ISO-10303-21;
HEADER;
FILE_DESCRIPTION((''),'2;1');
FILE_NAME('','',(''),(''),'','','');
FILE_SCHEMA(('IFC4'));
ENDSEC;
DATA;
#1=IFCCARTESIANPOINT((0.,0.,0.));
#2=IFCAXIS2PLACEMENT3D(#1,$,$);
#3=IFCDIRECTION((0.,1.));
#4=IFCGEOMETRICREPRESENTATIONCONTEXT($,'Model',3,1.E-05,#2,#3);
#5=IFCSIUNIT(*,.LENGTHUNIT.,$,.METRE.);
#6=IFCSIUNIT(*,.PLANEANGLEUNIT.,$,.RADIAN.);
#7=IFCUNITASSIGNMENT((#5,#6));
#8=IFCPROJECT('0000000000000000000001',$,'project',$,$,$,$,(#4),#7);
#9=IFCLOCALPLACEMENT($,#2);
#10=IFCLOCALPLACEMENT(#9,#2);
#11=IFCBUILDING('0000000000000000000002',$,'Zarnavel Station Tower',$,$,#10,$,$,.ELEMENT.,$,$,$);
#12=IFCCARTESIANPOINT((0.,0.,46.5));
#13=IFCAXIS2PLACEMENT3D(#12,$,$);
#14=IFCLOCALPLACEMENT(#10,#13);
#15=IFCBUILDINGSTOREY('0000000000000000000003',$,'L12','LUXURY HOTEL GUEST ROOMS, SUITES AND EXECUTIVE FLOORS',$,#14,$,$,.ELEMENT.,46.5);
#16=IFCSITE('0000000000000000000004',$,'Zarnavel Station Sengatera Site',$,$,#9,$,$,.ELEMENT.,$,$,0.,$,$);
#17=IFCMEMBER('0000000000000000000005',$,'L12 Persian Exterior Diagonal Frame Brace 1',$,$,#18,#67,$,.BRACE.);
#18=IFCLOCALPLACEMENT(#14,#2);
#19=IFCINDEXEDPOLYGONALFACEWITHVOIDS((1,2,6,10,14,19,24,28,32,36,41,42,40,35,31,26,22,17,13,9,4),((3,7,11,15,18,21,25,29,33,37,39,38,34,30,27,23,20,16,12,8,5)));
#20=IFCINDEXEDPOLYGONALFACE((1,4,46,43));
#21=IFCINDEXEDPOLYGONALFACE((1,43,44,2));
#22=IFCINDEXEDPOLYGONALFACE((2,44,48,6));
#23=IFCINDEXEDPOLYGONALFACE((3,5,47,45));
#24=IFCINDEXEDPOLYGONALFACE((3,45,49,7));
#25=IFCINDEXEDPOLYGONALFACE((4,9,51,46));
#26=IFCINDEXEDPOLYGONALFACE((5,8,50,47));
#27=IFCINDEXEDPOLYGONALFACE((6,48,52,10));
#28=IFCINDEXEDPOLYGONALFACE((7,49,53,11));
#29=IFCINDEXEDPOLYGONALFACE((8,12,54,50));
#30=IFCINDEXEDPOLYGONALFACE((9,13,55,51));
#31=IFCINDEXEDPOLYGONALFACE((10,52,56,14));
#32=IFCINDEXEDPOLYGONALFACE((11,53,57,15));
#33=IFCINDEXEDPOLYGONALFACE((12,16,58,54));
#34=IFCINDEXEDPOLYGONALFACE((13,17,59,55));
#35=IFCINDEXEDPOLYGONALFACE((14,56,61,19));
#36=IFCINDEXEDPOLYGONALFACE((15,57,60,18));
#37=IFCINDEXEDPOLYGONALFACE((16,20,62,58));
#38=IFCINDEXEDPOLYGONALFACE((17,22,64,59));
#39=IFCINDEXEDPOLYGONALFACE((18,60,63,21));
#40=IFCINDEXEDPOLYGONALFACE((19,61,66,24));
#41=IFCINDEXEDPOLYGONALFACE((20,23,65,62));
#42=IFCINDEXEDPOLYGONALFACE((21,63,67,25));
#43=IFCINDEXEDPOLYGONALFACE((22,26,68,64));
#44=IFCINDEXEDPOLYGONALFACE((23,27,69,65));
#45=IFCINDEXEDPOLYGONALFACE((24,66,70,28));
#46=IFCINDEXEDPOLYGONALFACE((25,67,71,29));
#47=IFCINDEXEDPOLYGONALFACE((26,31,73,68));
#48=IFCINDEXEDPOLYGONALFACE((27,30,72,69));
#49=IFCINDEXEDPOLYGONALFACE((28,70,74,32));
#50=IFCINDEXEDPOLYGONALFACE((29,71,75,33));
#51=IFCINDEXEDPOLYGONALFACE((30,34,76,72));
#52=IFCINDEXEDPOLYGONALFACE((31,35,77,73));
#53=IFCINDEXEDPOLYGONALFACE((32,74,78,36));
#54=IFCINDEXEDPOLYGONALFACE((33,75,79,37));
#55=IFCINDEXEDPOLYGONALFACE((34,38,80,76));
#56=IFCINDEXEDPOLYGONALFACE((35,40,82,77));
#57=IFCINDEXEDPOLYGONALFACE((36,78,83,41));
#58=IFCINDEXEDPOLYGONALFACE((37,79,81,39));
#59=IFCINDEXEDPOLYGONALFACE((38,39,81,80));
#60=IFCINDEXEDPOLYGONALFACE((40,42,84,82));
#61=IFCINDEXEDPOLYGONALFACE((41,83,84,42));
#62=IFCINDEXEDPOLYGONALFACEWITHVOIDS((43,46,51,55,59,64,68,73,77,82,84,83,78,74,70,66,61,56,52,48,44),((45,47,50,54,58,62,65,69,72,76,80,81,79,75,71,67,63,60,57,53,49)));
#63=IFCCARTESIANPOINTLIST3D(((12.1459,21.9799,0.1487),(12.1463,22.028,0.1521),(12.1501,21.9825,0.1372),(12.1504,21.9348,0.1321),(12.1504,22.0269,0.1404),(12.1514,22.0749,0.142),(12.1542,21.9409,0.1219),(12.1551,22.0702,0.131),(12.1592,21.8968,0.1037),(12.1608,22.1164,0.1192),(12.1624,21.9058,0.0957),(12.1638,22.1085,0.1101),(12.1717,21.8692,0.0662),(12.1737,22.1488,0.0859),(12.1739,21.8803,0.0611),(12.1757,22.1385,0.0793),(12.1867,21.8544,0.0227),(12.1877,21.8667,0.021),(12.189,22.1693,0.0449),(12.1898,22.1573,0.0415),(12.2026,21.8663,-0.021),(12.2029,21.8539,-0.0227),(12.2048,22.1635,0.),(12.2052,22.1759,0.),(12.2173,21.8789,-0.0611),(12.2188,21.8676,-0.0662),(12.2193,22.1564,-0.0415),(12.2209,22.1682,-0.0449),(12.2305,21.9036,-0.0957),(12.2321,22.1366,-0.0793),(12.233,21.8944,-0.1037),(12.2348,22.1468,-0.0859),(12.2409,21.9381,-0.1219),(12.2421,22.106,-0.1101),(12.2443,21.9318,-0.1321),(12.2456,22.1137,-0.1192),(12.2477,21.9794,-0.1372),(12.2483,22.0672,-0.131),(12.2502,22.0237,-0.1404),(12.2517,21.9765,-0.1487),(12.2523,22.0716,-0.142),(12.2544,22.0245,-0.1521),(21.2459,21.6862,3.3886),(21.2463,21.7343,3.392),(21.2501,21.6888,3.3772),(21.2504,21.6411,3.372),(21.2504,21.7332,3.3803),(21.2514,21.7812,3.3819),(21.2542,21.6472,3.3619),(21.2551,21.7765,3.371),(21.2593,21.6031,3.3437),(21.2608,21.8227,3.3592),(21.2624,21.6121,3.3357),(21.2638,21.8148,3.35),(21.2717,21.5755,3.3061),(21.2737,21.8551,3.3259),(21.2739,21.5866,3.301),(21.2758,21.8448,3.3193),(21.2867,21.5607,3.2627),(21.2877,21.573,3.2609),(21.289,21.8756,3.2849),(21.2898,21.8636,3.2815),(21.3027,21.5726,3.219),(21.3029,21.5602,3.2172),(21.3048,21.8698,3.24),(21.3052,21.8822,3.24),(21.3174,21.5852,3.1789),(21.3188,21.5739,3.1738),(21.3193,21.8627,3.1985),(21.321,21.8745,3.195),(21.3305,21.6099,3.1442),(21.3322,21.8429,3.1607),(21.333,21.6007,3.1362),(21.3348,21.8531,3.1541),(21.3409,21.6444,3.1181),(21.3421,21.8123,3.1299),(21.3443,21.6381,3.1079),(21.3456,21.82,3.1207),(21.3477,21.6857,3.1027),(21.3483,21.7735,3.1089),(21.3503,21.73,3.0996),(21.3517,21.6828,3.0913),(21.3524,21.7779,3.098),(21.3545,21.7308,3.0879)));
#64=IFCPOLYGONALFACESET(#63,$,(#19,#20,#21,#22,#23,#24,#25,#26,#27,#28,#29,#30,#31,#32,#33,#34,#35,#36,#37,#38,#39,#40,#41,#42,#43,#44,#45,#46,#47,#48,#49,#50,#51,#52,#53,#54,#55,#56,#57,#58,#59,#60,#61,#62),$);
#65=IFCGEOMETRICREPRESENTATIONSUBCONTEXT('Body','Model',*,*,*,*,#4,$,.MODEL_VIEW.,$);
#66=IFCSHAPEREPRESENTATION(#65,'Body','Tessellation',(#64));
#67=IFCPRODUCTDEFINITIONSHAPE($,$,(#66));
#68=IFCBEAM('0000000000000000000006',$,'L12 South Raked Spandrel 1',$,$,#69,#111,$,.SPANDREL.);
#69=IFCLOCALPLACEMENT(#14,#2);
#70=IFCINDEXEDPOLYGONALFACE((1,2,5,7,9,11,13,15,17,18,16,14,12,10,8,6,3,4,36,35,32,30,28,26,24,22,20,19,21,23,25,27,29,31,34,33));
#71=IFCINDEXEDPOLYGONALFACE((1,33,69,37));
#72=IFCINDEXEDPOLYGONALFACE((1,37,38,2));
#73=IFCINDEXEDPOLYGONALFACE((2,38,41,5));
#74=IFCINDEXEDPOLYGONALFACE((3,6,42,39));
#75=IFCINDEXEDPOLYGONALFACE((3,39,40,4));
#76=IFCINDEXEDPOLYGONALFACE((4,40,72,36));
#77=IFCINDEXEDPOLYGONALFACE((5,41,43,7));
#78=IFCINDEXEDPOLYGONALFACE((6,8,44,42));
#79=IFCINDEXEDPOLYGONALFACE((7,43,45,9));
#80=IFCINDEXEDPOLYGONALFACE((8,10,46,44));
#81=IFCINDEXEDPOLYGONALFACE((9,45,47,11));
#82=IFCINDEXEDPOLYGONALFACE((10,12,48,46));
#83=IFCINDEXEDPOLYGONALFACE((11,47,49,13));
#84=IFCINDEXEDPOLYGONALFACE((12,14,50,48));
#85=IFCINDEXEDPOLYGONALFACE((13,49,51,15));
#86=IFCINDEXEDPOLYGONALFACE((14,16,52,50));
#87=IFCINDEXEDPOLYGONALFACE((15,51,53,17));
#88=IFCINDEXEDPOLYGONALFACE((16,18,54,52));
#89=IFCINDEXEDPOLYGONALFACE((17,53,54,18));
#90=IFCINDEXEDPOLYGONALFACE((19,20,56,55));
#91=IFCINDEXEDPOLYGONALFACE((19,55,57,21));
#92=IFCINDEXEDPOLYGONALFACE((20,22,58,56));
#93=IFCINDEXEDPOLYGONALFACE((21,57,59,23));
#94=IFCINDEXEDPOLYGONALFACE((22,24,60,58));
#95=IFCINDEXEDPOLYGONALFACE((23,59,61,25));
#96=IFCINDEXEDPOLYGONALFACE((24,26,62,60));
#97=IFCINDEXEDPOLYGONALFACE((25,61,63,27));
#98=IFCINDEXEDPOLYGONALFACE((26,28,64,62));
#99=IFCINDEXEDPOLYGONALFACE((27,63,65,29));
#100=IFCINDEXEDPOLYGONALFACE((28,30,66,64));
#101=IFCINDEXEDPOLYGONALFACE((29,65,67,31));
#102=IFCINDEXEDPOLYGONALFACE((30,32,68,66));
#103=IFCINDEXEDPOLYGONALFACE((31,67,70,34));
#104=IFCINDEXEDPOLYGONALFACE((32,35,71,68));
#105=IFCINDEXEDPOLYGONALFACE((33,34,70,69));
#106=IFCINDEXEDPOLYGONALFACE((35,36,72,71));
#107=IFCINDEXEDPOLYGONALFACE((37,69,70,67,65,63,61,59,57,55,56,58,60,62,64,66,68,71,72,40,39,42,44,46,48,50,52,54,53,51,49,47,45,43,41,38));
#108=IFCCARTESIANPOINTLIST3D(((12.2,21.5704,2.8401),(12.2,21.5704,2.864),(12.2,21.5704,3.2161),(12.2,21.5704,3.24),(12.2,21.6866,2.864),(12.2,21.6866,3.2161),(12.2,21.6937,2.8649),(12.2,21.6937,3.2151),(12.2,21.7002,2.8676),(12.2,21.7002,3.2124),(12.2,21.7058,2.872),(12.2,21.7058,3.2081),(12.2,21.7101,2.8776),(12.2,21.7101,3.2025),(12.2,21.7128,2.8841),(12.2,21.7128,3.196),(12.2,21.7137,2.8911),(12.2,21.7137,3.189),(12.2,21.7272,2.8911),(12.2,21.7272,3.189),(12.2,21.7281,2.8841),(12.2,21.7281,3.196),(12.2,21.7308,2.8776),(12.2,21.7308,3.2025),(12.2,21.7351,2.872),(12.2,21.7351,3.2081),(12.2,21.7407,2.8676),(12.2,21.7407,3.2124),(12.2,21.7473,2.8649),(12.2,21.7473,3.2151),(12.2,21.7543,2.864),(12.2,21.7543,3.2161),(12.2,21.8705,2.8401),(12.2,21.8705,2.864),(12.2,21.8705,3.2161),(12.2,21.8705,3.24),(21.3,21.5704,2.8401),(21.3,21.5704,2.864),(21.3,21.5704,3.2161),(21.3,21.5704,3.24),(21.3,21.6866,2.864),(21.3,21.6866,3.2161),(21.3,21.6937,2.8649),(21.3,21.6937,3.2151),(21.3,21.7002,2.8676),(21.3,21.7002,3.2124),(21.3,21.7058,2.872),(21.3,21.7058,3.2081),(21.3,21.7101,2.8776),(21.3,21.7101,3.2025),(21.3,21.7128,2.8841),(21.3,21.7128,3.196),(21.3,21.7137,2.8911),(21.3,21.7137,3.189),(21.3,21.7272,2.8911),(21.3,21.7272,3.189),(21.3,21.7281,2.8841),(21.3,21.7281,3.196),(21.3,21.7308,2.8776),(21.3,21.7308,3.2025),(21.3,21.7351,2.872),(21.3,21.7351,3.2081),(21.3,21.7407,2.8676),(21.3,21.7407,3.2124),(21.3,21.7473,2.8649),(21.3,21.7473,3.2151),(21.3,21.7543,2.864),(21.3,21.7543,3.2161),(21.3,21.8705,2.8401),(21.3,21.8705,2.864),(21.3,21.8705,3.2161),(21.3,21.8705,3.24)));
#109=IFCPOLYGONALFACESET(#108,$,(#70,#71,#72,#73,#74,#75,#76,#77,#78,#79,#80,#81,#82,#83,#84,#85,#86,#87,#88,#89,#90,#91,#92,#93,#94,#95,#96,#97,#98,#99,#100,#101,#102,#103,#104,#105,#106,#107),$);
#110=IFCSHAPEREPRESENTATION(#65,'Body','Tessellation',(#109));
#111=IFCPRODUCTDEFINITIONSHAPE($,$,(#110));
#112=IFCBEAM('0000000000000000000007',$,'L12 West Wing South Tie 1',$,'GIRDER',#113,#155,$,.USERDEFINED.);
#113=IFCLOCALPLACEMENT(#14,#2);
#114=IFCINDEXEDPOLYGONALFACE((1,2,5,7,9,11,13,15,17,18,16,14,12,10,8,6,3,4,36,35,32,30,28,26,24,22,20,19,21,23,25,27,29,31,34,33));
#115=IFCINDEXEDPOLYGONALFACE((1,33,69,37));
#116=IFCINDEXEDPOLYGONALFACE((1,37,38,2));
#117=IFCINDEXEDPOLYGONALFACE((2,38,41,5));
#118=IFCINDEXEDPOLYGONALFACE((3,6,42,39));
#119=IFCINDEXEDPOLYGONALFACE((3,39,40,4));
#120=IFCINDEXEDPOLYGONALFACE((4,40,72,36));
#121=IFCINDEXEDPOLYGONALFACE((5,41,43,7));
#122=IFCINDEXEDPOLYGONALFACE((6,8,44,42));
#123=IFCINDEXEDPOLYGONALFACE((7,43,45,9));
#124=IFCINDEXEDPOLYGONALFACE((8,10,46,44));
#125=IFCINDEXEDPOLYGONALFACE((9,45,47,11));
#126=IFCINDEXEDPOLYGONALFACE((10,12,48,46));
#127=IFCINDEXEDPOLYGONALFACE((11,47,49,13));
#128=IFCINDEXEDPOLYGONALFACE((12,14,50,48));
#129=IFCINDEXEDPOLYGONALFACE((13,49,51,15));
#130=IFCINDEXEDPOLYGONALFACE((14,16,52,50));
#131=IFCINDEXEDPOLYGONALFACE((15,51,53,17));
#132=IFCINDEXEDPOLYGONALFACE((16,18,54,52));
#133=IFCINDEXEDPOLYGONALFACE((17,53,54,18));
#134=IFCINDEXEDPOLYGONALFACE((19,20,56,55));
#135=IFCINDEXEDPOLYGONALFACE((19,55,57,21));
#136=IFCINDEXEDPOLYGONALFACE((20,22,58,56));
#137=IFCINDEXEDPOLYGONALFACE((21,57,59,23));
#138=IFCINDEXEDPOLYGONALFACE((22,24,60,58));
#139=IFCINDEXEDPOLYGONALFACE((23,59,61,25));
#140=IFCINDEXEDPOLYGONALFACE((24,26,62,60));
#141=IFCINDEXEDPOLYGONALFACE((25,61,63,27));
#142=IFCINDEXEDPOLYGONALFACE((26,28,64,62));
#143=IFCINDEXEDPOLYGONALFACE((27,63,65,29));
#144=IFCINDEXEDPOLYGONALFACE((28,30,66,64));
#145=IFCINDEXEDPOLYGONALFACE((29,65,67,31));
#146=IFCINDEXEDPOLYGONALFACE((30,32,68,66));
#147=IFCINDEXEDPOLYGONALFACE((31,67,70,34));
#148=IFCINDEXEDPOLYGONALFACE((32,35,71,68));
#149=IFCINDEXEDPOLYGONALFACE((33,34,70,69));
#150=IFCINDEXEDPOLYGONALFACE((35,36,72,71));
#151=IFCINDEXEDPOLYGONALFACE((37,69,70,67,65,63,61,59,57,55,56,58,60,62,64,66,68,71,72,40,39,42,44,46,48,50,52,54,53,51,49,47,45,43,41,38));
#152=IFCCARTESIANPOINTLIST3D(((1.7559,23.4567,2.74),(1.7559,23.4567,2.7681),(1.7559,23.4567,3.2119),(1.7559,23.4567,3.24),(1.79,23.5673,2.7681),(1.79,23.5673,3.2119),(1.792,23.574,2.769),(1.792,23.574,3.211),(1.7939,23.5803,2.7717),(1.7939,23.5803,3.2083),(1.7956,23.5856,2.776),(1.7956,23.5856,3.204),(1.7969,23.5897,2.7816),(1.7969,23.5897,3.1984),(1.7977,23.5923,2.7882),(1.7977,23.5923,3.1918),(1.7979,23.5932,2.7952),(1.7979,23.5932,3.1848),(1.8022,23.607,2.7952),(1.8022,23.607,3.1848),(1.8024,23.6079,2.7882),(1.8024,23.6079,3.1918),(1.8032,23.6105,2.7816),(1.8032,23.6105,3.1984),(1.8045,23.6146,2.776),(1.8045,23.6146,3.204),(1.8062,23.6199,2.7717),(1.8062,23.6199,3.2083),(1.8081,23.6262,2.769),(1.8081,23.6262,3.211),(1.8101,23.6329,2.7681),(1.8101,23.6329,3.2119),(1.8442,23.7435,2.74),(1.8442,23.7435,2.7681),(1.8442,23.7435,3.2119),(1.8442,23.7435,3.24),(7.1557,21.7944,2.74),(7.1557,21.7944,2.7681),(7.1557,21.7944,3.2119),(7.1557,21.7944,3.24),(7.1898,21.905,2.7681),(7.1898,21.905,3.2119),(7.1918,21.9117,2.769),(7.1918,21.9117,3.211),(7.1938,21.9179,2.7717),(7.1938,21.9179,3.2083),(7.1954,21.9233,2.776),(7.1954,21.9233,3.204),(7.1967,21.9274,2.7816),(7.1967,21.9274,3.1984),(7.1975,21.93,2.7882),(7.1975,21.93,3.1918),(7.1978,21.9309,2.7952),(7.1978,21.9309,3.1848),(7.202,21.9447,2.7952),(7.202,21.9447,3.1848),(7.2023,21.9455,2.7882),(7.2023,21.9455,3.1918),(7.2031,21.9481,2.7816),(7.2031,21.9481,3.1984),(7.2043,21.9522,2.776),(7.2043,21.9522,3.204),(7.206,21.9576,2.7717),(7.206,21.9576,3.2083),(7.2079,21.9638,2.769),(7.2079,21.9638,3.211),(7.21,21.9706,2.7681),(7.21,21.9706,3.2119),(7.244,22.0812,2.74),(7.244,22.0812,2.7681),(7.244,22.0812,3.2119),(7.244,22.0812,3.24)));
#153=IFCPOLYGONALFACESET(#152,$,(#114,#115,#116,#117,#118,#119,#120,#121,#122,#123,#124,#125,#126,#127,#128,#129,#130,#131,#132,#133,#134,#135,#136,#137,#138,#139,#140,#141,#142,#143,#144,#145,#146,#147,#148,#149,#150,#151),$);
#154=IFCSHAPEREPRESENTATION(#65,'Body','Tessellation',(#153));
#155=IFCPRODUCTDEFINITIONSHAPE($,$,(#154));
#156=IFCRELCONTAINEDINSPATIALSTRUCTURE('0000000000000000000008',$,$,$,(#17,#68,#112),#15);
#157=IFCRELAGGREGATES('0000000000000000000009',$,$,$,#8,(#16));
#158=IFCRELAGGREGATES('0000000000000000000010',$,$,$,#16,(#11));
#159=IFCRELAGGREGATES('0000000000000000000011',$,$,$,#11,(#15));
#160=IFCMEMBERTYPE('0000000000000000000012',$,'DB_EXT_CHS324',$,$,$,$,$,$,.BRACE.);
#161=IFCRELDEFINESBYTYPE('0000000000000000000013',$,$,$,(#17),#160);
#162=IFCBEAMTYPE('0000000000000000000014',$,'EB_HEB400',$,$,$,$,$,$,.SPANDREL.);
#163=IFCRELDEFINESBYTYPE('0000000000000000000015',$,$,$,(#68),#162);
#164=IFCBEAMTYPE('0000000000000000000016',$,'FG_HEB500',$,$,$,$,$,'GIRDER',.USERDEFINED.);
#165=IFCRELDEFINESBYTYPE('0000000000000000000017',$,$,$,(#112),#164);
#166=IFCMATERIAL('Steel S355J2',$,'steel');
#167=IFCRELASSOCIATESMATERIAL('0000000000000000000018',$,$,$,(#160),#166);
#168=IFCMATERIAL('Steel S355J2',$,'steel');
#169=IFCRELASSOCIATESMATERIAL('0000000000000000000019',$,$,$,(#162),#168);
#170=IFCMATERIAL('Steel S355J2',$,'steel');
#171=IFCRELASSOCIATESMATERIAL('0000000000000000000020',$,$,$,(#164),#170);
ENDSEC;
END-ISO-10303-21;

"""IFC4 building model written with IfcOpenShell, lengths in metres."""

from ifc_helpers import new_model, si_unit, direction, frame, origin, origin_2d, place, context, subcontext, project, spatial, hollow_circle, i_section, extrude, material, material_profile, profile_set, type_object, element, save


model = new_model("IFC4")

# Units and contexts
model_context = context("Model", 3, precision=1e-05, world=origin(), true_north=direction((0.0, 1.0)))
body_context = subcontext(model_context, "Body", "Model", "MODEL_VIEW")
ifc_project = project(units=[si_unit("LENGTHUNIT", "METRE"), si_unit("PLANEANGLEUNIT", "RADIAN")], contexts=[model_context])

# Site, building, storey
site_placement = place(None, origin())
site = spatial("IfcSite", under=ifc_project, at=site_placement, Name="Zarnavel Station Sengatera Site", CompositionType="ELEMENT", RefElevation=0.0)
building_placement = place(site_placement, origin())
building = spatial("IfcBuilding", under=site, at=building_placement, Name="Zarnavel Station Tower", CompositionType="ELEMENT")
storey_placement = place(building_placement, frame((0.0, 0.0, 46.5)))
storey = spatial("IfcBuildingStorey", under=building, at=storey_placement, Name="L12", Description="LUXURY HOTEL GUEST ROOMS, SUITES AND EXECUTIVE FLOORS", CompositionType="ELEMENT", Elevation=46.5)

# Member
ifc_material_1 = material(Name="Steel S355J2", Category="steel")
ifc_material_profile_1 = material_profile(ifc_material_1, hollow_circle(Radius=0.1619, WallThickness=0.0125, at=origin_2d()), Name="CHS323.9x12.5")
ifc_profile_set_1 = profile_set([ifc_material_profile_1], Name="Steel S355J2")
member_type = type_object("IfcMemberType", Name="DB_EXT_CHS324", PredefinedType="BRACE", material=ifc_profile_set_1)
member_placement = place(storey_placement, frame((12.2, 22.0142, 0.0), z_axis=(0.941636, -0.030391, 0.335259), x_axis=(0.032258, 0.99948, 0.0)))
element("IfcMember", 1, at=member_placement, inside=storey, type_object=member_type, Name="L12 Persian Exterior Diagonal Frame Brace 1", PredefinedType="BRACE", context=body_context, shape_type="SweptSolid", body=[
    extrude(hollow_circle(Radius=0.1619, WallThickness=0.0125, at=origin_2d()), origin(), (0.0, 0.0, 1.0), 9.6641),
])

# Beams
ifc_material_2 = material(Name="Steel S355J2", Category="steel")
ifc_material_profile_2 = material_profile(ifc_material_2, i_section(OverallWidth=0.3, OverallDepth=0.3999, WebThickness=0.0134, FlangeThickness=0.0239, FilletRadius=0.0271, at=origin_2d()), Name="HEB400")
ifc_profile_set_2 = profile_set([ifc_material_profile_2], Name="Steel S355J2")
beam_type_1 = type_object("IfcBeamType", Name="EB_HEB400", PredefinedType="SPANDREL", material=ifc_profile_set_2)
beam_1_placement = place(storey_placement, frame((12.2, 21.7205, 3.04), z_axis=(1.0, 0.0, 0.0), x_axis=(0.0, 1.0, 0.0)))
element("IfcBeam", 2, at=beam_1_placement, inside=storey, type_object=beam_type_1, Name="L12 South Raked Spandrel 1", PredefinedType="SPANDREL", context=body_context, shape_type="SweptSolid", body=[
    extrude(i_section(OverallWidth=0.3, OverallDepth=0.3999, WebThickness=0.0134, FlangeThickness=0.0239, FilletRadius=0.0271, at=origin_2d()), origin(), (0.0, 0.0, 1.0), 9.1001),
])
ifc_material_3 = material(Name="Steel S355J2", Category="steel")
ifc_material_profile_3 = material_profile(ifc_material_3, i_section(OverallWidth=0.3, OverallDepth=0.5, WebThickness=0.0144, FlangeThickness=0.0281, FilletRadius=0.0271, at=origin_2d()), Name="HEB500")
ifc_profile_set_3 = profile_set([ifc_material_profile_3], Name="Steel S355J2")
beam_type_2 = type_object("IfcBeamType", Name="FG_HEB500", ElementType="GIRDER", PredefinedType="USERDEFINED", material=ifc_profile_set_3)
beam_2_placement = place(storey_placement, frame((1.8, 23.6001, 2.99), z_axis=(0.955737, -0.294222, 0.0), x_axis=(0.294222, 0.955737, 0.0)))
element("IfcBeam", 3, at=beam_2_placement, inside=storey, type_object=beam_type_2, Name="L12 West Wing South Tie 1", ObjectType="GIRDER", PredefinedType="USERDEFINED", context=body_context, shape_type="SweptSolid", body=[
    extrude(i_section(OverallWidth=0.3, OverallDepth=0.5, WebThickness=0.0144, FlangeThickness=0.0281, FilletRadius=0.0271, at=origin_2d()), origin(), (0.0, 0.0, 1.0), 5.6499),
])

save(model, "model.ifc")
